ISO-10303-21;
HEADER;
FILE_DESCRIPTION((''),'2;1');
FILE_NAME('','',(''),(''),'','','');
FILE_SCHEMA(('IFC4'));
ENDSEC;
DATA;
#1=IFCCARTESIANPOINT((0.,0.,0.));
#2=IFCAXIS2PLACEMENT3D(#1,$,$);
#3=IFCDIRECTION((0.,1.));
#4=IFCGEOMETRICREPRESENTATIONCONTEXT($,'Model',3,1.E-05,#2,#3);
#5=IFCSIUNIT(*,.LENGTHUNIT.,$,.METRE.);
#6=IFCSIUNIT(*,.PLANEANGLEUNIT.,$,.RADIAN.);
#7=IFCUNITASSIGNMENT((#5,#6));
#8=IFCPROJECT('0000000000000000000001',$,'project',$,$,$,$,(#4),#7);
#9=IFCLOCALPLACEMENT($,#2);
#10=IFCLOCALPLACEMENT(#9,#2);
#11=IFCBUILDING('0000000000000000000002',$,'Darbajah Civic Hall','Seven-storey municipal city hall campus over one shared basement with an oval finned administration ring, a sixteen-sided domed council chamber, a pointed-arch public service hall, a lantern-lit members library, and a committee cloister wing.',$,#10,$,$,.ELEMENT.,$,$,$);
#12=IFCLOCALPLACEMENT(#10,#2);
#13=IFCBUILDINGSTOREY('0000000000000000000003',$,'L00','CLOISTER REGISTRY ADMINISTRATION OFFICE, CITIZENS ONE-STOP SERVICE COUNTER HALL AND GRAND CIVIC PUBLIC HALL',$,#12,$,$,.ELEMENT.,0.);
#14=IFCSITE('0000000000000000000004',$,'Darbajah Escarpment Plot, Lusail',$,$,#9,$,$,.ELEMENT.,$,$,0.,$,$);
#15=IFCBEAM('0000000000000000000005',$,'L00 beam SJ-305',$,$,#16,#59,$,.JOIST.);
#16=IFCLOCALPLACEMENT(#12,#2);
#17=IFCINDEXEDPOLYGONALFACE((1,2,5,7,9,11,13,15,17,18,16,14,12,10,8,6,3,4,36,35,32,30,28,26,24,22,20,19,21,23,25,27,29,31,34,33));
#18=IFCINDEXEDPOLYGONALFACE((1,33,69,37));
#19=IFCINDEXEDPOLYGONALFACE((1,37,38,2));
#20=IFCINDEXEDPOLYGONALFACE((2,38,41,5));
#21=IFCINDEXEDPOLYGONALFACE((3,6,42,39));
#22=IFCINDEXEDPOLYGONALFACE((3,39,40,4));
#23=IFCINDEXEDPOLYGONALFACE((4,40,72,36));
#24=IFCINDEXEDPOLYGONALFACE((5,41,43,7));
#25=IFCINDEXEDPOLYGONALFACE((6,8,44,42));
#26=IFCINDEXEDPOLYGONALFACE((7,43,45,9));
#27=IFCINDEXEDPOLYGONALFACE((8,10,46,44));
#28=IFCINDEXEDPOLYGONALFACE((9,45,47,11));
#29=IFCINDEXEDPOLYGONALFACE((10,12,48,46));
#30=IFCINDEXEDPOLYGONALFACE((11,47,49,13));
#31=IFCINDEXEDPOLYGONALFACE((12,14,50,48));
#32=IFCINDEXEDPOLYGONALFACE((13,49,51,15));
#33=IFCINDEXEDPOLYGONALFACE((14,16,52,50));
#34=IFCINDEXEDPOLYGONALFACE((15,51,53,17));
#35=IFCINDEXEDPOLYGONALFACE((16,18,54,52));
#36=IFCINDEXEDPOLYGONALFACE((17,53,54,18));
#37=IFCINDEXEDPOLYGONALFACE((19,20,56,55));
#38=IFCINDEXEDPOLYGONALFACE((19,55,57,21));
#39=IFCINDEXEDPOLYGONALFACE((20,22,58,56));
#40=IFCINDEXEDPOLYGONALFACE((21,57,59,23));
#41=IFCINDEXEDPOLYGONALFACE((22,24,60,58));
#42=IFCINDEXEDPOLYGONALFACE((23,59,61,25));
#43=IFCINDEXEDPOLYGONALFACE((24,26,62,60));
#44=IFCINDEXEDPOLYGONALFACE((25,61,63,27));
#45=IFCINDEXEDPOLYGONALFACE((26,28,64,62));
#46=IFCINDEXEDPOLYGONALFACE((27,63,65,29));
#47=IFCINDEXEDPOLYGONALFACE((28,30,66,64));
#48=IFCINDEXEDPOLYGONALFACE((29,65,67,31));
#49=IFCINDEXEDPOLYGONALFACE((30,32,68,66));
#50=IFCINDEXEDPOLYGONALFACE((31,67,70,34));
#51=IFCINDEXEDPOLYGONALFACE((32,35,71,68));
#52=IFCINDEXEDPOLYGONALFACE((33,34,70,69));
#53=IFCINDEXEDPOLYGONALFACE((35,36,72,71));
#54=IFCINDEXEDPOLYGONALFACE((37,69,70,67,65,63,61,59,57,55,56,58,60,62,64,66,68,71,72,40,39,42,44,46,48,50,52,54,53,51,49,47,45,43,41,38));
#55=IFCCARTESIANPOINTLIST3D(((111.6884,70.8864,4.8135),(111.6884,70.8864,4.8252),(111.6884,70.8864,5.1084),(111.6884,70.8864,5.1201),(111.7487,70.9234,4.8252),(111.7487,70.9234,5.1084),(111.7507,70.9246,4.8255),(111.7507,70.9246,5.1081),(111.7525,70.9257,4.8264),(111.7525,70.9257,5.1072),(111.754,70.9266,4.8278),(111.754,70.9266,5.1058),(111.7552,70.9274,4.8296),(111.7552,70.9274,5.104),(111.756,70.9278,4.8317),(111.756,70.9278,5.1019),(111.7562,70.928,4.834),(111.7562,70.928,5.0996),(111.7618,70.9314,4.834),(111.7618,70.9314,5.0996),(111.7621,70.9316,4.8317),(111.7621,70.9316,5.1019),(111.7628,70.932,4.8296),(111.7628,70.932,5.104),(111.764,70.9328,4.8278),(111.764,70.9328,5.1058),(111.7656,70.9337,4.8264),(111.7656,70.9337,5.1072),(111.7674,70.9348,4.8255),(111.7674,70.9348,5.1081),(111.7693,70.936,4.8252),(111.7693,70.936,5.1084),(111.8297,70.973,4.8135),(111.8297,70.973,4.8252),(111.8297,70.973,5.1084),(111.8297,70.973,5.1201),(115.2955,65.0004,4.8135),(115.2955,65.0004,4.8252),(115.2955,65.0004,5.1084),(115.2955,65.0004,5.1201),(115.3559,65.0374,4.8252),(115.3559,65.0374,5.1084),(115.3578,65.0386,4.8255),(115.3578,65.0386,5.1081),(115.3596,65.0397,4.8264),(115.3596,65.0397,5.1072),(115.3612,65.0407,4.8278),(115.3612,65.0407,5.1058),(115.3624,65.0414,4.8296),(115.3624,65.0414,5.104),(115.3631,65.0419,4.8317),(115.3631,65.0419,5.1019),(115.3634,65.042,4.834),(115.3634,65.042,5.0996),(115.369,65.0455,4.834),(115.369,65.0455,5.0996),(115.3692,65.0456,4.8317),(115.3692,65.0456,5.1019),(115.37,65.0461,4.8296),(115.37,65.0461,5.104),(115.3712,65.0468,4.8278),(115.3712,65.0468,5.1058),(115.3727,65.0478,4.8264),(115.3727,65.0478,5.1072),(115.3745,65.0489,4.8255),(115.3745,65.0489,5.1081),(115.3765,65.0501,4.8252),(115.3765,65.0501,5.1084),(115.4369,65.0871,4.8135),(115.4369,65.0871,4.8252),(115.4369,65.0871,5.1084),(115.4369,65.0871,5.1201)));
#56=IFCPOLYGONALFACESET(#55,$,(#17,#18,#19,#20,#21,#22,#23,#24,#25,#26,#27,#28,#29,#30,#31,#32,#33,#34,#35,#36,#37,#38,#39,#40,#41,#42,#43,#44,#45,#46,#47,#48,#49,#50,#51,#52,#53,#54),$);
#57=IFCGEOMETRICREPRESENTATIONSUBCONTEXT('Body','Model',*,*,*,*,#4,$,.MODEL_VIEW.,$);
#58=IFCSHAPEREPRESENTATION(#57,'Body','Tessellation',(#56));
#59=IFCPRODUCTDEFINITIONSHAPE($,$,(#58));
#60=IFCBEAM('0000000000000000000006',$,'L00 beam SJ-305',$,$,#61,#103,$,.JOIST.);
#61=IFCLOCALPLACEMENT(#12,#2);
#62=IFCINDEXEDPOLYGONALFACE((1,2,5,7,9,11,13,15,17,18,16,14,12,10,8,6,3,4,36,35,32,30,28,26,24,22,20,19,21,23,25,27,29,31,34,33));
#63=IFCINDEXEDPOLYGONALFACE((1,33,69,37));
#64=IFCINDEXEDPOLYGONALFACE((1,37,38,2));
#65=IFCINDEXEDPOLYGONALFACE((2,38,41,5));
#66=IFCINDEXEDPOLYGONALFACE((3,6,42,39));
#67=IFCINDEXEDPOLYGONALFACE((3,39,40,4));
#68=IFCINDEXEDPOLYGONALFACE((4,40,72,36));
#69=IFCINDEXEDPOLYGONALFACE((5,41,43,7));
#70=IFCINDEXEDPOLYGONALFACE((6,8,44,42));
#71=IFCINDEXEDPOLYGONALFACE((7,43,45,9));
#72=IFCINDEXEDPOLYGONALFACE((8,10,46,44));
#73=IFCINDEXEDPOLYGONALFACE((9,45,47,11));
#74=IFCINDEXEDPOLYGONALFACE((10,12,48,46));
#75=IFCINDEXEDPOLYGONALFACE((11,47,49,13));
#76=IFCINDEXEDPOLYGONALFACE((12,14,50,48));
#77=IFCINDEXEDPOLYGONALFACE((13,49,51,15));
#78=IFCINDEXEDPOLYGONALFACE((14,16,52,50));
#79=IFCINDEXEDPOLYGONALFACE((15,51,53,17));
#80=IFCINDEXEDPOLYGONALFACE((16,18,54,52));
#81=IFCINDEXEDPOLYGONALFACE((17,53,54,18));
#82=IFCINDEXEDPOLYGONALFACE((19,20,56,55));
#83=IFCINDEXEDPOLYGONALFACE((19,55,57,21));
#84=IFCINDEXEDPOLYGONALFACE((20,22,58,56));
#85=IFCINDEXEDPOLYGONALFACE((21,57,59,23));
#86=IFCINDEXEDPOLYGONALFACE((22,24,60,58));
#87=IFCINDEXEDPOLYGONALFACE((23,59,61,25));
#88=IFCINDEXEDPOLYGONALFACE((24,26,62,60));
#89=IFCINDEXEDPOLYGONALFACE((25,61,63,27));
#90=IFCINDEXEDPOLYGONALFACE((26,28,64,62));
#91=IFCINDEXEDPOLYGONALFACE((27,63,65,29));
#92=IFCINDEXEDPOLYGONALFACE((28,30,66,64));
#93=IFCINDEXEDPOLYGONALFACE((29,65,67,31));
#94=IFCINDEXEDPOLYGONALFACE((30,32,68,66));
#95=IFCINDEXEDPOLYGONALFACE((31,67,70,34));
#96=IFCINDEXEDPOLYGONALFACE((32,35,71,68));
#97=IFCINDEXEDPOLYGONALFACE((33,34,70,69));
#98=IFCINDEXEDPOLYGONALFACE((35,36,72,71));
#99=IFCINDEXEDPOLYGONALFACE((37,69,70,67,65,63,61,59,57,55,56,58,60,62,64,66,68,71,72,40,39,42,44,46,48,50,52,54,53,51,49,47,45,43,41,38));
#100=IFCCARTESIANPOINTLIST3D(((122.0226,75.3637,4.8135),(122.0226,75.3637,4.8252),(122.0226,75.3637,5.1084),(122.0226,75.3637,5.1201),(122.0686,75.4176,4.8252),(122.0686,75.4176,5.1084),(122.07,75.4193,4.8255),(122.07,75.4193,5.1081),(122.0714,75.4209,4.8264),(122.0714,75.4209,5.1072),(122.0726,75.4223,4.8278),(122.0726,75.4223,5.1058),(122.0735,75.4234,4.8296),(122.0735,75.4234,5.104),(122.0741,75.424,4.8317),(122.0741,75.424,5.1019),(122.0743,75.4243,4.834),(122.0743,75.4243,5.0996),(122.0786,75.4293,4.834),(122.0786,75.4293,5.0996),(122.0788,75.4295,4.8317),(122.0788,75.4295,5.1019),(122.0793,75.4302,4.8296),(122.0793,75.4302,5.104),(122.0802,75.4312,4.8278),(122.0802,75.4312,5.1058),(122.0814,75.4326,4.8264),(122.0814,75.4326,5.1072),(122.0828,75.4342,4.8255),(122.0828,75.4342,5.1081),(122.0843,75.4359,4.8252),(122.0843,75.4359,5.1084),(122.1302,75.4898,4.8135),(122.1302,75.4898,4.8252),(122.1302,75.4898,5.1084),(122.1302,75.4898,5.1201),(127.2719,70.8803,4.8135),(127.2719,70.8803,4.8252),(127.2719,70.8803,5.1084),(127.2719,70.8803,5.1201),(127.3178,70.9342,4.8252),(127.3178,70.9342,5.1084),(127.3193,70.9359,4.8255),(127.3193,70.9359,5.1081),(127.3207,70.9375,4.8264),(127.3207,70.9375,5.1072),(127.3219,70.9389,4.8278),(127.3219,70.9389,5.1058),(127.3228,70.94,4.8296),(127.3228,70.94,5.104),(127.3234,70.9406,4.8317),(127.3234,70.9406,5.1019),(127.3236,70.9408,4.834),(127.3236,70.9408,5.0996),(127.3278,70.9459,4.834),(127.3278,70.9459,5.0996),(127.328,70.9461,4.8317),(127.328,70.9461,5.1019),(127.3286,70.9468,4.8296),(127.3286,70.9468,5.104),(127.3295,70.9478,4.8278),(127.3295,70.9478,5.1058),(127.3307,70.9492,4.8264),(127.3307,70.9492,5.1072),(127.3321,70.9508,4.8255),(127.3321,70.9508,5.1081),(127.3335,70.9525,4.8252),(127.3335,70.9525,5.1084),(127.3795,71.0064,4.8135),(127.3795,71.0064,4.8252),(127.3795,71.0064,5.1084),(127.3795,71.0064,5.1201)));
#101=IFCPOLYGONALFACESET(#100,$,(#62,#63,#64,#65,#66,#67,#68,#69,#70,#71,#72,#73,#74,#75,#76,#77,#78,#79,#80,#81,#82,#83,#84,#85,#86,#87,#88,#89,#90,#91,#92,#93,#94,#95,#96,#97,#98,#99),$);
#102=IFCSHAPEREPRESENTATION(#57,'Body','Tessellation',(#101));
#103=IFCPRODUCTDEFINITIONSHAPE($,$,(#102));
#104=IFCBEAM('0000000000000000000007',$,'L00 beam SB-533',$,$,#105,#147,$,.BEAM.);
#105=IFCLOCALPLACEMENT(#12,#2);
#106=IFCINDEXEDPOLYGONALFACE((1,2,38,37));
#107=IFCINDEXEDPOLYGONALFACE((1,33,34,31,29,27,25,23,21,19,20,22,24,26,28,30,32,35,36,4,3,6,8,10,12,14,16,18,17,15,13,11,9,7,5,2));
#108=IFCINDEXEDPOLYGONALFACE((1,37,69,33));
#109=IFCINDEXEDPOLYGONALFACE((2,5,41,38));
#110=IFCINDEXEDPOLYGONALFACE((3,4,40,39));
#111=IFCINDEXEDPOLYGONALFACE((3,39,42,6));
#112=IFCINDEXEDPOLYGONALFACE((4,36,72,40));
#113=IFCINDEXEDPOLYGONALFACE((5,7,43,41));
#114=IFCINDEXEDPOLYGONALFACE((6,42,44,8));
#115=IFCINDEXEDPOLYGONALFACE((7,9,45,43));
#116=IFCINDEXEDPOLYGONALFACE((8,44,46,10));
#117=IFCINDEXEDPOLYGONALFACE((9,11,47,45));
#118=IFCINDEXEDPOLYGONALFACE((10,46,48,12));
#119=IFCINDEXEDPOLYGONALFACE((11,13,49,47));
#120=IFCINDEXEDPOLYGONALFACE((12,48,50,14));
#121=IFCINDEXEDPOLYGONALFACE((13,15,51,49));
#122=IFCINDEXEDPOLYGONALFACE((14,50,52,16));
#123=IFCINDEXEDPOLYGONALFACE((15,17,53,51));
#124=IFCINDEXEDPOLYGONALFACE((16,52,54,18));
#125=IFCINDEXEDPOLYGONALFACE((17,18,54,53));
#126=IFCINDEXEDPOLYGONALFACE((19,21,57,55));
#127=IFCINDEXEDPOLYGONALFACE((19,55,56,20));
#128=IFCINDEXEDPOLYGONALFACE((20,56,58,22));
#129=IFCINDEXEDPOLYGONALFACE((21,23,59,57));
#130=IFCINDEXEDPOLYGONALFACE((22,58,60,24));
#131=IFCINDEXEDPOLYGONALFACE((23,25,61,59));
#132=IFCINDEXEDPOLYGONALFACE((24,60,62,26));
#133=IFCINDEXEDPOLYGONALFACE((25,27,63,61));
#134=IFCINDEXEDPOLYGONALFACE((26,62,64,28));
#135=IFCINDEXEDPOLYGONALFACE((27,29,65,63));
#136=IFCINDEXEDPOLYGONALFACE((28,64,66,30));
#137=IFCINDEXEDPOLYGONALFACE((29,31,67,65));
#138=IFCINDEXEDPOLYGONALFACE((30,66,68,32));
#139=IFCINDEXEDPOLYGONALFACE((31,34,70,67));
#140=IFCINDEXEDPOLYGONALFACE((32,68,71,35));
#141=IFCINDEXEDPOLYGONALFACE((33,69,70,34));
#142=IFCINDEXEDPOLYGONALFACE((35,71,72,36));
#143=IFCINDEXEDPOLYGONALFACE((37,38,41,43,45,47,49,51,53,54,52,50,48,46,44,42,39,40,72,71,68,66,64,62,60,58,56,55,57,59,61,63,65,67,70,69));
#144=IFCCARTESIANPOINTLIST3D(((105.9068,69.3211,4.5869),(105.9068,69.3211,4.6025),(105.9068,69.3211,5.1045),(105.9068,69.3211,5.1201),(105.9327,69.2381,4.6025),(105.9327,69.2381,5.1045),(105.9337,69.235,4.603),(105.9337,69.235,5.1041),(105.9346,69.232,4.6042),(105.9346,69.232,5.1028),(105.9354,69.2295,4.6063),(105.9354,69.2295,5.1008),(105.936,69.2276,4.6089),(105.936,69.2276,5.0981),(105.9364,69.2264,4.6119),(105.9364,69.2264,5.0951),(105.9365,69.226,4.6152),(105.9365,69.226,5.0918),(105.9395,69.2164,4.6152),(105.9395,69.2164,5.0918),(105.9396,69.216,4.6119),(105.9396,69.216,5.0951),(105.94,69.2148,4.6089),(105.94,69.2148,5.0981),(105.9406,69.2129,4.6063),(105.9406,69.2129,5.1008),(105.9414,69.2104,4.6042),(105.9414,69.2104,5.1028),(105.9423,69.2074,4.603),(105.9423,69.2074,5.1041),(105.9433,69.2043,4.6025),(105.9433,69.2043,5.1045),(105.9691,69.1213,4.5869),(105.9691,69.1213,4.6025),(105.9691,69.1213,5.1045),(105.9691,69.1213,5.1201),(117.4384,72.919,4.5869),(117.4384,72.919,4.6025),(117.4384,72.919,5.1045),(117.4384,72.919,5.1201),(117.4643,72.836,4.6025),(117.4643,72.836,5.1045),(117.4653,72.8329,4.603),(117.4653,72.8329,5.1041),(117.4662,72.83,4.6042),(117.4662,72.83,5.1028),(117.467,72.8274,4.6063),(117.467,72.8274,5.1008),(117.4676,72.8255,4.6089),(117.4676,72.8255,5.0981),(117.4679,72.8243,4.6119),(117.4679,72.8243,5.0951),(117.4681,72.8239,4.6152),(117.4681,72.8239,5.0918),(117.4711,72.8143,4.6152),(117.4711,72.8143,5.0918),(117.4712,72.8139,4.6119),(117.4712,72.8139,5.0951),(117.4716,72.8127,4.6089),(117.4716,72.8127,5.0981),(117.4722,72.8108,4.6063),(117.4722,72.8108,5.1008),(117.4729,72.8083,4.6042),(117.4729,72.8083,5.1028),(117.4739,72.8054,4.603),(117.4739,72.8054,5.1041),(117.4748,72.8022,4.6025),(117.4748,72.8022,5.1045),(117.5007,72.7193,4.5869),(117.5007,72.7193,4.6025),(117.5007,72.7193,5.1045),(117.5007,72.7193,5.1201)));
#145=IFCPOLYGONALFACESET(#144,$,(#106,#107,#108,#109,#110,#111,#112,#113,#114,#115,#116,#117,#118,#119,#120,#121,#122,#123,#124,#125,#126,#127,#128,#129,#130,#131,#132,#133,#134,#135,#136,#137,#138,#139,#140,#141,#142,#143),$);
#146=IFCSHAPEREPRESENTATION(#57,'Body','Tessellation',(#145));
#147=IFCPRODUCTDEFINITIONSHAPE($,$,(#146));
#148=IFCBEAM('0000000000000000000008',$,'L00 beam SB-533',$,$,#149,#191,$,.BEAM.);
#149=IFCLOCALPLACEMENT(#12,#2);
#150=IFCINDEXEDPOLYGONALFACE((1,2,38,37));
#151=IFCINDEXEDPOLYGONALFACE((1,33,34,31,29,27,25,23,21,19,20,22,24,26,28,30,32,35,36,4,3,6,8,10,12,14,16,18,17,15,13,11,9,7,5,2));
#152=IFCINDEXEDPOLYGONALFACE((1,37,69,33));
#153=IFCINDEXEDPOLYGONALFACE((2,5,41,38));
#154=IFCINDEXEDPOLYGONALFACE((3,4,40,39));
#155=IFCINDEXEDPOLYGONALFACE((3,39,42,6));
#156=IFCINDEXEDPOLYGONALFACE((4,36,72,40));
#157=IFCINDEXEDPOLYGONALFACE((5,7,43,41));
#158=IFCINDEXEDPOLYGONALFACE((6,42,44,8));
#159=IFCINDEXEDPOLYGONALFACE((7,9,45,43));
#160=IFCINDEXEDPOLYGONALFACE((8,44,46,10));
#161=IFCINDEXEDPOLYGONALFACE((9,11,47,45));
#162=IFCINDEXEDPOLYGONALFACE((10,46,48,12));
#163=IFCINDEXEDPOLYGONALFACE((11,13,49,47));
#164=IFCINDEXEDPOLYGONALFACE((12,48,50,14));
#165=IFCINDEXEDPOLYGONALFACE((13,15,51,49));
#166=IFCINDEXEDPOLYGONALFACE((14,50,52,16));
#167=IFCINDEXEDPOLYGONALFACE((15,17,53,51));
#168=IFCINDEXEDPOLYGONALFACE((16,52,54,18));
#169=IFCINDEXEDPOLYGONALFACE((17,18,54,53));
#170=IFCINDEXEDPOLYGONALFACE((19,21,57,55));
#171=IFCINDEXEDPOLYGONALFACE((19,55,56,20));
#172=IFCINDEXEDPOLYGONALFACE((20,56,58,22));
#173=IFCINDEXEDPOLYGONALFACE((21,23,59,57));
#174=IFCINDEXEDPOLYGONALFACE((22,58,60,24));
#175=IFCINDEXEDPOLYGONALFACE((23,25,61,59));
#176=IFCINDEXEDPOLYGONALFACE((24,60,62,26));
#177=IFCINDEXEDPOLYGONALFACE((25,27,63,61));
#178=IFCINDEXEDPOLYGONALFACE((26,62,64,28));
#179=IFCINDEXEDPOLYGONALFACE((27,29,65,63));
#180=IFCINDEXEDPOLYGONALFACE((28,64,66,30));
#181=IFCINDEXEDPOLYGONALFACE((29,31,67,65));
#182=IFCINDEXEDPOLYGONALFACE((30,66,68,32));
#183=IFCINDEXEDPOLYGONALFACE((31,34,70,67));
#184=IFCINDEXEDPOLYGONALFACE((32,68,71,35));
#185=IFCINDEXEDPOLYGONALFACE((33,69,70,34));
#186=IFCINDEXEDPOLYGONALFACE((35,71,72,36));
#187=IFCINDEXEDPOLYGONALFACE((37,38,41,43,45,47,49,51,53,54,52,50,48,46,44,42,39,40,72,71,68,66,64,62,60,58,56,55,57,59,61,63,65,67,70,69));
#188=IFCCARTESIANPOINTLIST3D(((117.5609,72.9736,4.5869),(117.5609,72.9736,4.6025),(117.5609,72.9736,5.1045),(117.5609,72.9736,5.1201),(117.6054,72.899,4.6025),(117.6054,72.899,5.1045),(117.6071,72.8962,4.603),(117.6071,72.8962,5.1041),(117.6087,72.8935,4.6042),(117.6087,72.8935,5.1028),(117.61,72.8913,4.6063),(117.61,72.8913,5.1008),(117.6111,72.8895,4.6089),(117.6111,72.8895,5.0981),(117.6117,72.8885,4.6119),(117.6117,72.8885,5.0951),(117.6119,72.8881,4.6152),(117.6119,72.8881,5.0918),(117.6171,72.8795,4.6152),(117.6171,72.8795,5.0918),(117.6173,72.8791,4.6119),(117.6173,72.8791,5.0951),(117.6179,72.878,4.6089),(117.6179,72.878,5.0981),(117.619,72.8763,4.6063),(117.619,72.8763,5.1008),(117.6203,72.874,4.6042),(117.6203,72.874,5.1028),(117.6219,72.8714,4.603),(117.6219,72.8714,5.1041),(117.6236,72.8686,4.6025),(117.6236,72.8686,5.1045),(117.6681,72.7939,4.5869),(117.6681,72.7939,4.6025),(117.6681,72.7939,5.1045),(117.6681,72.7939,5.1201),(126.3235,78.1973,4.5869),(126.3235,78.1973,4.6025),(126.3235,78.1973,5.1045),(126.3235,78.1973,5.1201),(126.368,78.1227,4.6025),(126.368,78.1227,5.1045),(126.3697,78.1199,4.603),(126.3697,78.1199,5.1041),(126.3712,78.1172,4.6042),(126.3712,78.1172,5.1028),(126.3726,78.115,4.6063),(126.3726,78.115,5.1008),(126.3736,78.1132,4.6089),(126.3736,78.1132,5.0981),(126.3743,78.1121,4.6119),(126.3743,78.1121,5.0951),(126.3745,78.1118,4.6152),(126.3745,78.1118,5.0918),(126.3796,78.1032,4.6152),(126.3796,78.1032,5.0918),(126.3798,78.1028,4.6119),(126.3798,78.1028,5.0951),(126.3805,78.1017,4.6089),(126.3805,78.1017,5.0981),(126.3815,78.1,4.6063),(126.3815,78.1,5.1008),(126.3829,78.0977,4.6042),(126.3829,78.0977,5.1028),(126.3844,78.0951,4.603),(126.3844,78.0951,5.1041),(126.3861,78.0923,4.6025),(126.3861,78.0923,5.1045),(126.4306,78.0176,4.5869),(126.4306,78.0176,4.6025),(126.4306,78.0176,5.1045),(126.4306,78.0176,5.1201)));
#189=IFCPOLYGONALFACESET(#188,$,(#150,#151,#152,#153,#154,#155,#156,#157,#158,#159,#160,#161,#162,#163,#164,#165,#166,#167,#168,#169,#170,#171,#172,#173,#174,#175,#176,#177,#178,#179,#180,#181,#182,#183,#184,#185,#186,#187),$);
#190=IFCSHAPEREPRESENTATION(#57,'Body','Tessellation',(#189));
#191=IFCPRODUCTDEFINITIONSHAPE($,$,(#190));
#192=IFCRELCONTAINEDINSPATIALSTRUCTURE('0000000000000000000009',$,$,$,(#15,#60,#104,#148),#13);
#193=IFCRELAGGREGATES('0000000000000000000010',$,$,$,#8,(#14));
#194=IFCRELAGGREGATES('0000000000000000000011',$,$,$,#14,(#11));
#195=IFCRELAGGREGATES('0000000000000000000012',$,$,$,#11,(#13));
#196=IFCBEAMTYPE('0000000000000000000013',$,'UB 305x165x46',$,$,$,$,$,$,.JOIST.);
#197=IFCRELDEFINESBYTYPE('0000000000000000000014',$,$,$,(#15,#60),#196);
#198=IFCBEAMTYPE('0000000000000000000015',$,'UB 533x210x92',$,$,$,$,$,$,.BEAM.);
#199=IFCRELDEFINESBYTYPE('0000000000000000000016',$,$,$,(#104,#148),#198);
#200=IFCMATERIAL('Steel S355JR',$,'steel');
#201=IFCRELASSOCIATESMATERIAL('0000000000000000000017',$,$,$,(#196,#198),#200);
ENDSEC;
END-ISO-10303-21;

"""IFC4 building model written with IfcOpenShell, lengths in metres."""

from ifc_helpers import new_model, si_unit, direction, frame, origin, origin_2d, place, context, subcontext, project, spatial, i_section, extrude, material, material_profile, profile_set, type_object, element, save


model = new_model("IFC4")

# Units and contexts
model_context = context("Model", 3, precision=1e-05, world=origin(), true_north=direction((0.0, 1.0)))
body_context = subcontext(model_context, "Body", "Model", "MODEL_VIEW")
ifc_project = project(units=[si_unit("LENGTHUNIT", "METRE"), si_unit("PLANEANGLEUNIT", "RADIAN")], contexts=[model_context])

# Site, building, storey
site_placement = place(None, origin())
site = spatial("IfcSite", under=ifc_project, at=site_placement, Name="Darbajah Escarpment Plot, Lusail", CompositionType="ELEMENT", RefElevation=0.0)
building_placement = place(site_placement, origin())
building = spatial("IfcBuilding", under=site, at=building_placement, Name="Darbajah Civic Hall", Description="Seven-storey municipal city hall campus over one shared basement with an oval finned administration ring, a sixteen-sided domed council chamber, a pointed-arch public service hall, a lantern-lit members library, and a committee cloister wing.", CompositionType="ELEMENT")
storey_placement = place(building_placement, origin())
storey = spatial("IfcBuildingStorey", under=building, at=storey_placement, Name="L00", Description="CLOISTER REGISTRY ADMINISTRATION OFFICE, CITIZENS ONE-STOP SERVICE COUNTER HALL AND GRAND CIVIC PUBLIC HALL", CompositionType="ELEMENT", Elevation=0.0)

# Beams
ifc_material_1 = material(Name="Steel S355JR", Category="steel")
ifc_material_profile_1 = material_profile(ifc_material_1, i_section(OverallWidth=0.1658, OverallDepth=0.3066, WebThickness=0.0066, FlangeThickness=0.0117, FilletRadius=0.0088, at=origin_2d()), Name="UB 305x165x46")
ifc_profile_set_1 = profile_set([ifc_material_profile_1], Name="Steel S355JR")
beam_type_1 = type_object("IfcBeamType", Name="UB 305x165x46", PredefinedType="JOIST", material=ifc_profile_set_1)
for number, where, z_axis, x_axis, name in (
    (1, (111.759, 70.9297, 4.9668), (0.522524, -0.852625, 0.0), (0.852625, 0.522524, 0.0), "L00 beam SJ-305"),
    (2, (122.0764, 75.4268, 4.9668), (0.760399, -0.649456, 0.0), (0.649456, 0.760399, 0.0), "L00 beam SJ-305"),
):
    element("IfcBeam", number, at=place(storey_placement, frame(where, z_axis=z_axis, x_axis=x_axis)), inside=storey, type_object=beam_type_1, Name=name, PredefinedType="JOIST", context=body_context, shape_type="SweptSolid", body=[
        extrude(i_section(OverallWidth=0.1658, OverallDepth=0.3066, WebThickness=0.0066, FlangeThickness=0.0117, FilletRadius=0.0088, at=origin_2d()), origin(), (0.0, 0.0, 1.0), 6.9033),
    ])
ifc_material_profile_2 = material_profile(ifc_material_1, i_section(OverallWidth=0.2092, OverallDepth=0.5332, WebThickness=0.01, FlangeThickness=0.0156, FilletRadius=0.0127, at=origin_2d()), Name="UB 533x210x92")
ifc_profile_set_2 = profile_set([ifc_material_profile_2], Name="Steel S355JR")
beam_type_2 = type_object("IfcBeamType", Name="UB 533x210x92", PredefinedType="BEAM", material=ifc_profile_set_2)
beam_1_placement = place(storey_placement, frame((105.938, 69.2212, 4.8535), z_axis=(0.954614, 0.297846, 0.0), x_axis=(-0.297846, 0.954614, 0.0)))
element("IfcBeam", 3, at=beam_1_placement, inside=storey, type_object=beam_type_2, Name="L00 beam SB-533", PredefinedType="BEAM", context=body_context, shape_type="SweptSolid", body=[
    extrude(i_section(OverallWidth=0.2092, OverallDepth=0.5332, WebThickness=0.01, FlangeThickness=0.0156, FilletRadius=0.0127, at=origin_2d()), origin(), (0.0, 0.0, 1.0), 12.0798),
])
beam_2_placement = place(storey_placement, frame((117.6145, 72.8838, 4.8535), z_axis=(0.858953, 0.512055, 0.0), x_axis=(-0.512055, 0.858953, 0.0)))
element("IfcBeam", 4, at=beam_2_placement, inside=storey, type_object=beam_type_2, Name="L00 beam SB-533", PredefinedType="BEAM", context=body_context, shape_type="SweptSolid", body=[
    extrude(i_section(OverallWidth=0.2092, OverallDepth=0.5332, WebThickness=0.01, FlangeThickness=0.0156, FilletRadius=0.0127, at=origin_2d()), origin(), (0.0, 0.0, 1.0), 10.2014),
])

save(model, "model.ifc")
